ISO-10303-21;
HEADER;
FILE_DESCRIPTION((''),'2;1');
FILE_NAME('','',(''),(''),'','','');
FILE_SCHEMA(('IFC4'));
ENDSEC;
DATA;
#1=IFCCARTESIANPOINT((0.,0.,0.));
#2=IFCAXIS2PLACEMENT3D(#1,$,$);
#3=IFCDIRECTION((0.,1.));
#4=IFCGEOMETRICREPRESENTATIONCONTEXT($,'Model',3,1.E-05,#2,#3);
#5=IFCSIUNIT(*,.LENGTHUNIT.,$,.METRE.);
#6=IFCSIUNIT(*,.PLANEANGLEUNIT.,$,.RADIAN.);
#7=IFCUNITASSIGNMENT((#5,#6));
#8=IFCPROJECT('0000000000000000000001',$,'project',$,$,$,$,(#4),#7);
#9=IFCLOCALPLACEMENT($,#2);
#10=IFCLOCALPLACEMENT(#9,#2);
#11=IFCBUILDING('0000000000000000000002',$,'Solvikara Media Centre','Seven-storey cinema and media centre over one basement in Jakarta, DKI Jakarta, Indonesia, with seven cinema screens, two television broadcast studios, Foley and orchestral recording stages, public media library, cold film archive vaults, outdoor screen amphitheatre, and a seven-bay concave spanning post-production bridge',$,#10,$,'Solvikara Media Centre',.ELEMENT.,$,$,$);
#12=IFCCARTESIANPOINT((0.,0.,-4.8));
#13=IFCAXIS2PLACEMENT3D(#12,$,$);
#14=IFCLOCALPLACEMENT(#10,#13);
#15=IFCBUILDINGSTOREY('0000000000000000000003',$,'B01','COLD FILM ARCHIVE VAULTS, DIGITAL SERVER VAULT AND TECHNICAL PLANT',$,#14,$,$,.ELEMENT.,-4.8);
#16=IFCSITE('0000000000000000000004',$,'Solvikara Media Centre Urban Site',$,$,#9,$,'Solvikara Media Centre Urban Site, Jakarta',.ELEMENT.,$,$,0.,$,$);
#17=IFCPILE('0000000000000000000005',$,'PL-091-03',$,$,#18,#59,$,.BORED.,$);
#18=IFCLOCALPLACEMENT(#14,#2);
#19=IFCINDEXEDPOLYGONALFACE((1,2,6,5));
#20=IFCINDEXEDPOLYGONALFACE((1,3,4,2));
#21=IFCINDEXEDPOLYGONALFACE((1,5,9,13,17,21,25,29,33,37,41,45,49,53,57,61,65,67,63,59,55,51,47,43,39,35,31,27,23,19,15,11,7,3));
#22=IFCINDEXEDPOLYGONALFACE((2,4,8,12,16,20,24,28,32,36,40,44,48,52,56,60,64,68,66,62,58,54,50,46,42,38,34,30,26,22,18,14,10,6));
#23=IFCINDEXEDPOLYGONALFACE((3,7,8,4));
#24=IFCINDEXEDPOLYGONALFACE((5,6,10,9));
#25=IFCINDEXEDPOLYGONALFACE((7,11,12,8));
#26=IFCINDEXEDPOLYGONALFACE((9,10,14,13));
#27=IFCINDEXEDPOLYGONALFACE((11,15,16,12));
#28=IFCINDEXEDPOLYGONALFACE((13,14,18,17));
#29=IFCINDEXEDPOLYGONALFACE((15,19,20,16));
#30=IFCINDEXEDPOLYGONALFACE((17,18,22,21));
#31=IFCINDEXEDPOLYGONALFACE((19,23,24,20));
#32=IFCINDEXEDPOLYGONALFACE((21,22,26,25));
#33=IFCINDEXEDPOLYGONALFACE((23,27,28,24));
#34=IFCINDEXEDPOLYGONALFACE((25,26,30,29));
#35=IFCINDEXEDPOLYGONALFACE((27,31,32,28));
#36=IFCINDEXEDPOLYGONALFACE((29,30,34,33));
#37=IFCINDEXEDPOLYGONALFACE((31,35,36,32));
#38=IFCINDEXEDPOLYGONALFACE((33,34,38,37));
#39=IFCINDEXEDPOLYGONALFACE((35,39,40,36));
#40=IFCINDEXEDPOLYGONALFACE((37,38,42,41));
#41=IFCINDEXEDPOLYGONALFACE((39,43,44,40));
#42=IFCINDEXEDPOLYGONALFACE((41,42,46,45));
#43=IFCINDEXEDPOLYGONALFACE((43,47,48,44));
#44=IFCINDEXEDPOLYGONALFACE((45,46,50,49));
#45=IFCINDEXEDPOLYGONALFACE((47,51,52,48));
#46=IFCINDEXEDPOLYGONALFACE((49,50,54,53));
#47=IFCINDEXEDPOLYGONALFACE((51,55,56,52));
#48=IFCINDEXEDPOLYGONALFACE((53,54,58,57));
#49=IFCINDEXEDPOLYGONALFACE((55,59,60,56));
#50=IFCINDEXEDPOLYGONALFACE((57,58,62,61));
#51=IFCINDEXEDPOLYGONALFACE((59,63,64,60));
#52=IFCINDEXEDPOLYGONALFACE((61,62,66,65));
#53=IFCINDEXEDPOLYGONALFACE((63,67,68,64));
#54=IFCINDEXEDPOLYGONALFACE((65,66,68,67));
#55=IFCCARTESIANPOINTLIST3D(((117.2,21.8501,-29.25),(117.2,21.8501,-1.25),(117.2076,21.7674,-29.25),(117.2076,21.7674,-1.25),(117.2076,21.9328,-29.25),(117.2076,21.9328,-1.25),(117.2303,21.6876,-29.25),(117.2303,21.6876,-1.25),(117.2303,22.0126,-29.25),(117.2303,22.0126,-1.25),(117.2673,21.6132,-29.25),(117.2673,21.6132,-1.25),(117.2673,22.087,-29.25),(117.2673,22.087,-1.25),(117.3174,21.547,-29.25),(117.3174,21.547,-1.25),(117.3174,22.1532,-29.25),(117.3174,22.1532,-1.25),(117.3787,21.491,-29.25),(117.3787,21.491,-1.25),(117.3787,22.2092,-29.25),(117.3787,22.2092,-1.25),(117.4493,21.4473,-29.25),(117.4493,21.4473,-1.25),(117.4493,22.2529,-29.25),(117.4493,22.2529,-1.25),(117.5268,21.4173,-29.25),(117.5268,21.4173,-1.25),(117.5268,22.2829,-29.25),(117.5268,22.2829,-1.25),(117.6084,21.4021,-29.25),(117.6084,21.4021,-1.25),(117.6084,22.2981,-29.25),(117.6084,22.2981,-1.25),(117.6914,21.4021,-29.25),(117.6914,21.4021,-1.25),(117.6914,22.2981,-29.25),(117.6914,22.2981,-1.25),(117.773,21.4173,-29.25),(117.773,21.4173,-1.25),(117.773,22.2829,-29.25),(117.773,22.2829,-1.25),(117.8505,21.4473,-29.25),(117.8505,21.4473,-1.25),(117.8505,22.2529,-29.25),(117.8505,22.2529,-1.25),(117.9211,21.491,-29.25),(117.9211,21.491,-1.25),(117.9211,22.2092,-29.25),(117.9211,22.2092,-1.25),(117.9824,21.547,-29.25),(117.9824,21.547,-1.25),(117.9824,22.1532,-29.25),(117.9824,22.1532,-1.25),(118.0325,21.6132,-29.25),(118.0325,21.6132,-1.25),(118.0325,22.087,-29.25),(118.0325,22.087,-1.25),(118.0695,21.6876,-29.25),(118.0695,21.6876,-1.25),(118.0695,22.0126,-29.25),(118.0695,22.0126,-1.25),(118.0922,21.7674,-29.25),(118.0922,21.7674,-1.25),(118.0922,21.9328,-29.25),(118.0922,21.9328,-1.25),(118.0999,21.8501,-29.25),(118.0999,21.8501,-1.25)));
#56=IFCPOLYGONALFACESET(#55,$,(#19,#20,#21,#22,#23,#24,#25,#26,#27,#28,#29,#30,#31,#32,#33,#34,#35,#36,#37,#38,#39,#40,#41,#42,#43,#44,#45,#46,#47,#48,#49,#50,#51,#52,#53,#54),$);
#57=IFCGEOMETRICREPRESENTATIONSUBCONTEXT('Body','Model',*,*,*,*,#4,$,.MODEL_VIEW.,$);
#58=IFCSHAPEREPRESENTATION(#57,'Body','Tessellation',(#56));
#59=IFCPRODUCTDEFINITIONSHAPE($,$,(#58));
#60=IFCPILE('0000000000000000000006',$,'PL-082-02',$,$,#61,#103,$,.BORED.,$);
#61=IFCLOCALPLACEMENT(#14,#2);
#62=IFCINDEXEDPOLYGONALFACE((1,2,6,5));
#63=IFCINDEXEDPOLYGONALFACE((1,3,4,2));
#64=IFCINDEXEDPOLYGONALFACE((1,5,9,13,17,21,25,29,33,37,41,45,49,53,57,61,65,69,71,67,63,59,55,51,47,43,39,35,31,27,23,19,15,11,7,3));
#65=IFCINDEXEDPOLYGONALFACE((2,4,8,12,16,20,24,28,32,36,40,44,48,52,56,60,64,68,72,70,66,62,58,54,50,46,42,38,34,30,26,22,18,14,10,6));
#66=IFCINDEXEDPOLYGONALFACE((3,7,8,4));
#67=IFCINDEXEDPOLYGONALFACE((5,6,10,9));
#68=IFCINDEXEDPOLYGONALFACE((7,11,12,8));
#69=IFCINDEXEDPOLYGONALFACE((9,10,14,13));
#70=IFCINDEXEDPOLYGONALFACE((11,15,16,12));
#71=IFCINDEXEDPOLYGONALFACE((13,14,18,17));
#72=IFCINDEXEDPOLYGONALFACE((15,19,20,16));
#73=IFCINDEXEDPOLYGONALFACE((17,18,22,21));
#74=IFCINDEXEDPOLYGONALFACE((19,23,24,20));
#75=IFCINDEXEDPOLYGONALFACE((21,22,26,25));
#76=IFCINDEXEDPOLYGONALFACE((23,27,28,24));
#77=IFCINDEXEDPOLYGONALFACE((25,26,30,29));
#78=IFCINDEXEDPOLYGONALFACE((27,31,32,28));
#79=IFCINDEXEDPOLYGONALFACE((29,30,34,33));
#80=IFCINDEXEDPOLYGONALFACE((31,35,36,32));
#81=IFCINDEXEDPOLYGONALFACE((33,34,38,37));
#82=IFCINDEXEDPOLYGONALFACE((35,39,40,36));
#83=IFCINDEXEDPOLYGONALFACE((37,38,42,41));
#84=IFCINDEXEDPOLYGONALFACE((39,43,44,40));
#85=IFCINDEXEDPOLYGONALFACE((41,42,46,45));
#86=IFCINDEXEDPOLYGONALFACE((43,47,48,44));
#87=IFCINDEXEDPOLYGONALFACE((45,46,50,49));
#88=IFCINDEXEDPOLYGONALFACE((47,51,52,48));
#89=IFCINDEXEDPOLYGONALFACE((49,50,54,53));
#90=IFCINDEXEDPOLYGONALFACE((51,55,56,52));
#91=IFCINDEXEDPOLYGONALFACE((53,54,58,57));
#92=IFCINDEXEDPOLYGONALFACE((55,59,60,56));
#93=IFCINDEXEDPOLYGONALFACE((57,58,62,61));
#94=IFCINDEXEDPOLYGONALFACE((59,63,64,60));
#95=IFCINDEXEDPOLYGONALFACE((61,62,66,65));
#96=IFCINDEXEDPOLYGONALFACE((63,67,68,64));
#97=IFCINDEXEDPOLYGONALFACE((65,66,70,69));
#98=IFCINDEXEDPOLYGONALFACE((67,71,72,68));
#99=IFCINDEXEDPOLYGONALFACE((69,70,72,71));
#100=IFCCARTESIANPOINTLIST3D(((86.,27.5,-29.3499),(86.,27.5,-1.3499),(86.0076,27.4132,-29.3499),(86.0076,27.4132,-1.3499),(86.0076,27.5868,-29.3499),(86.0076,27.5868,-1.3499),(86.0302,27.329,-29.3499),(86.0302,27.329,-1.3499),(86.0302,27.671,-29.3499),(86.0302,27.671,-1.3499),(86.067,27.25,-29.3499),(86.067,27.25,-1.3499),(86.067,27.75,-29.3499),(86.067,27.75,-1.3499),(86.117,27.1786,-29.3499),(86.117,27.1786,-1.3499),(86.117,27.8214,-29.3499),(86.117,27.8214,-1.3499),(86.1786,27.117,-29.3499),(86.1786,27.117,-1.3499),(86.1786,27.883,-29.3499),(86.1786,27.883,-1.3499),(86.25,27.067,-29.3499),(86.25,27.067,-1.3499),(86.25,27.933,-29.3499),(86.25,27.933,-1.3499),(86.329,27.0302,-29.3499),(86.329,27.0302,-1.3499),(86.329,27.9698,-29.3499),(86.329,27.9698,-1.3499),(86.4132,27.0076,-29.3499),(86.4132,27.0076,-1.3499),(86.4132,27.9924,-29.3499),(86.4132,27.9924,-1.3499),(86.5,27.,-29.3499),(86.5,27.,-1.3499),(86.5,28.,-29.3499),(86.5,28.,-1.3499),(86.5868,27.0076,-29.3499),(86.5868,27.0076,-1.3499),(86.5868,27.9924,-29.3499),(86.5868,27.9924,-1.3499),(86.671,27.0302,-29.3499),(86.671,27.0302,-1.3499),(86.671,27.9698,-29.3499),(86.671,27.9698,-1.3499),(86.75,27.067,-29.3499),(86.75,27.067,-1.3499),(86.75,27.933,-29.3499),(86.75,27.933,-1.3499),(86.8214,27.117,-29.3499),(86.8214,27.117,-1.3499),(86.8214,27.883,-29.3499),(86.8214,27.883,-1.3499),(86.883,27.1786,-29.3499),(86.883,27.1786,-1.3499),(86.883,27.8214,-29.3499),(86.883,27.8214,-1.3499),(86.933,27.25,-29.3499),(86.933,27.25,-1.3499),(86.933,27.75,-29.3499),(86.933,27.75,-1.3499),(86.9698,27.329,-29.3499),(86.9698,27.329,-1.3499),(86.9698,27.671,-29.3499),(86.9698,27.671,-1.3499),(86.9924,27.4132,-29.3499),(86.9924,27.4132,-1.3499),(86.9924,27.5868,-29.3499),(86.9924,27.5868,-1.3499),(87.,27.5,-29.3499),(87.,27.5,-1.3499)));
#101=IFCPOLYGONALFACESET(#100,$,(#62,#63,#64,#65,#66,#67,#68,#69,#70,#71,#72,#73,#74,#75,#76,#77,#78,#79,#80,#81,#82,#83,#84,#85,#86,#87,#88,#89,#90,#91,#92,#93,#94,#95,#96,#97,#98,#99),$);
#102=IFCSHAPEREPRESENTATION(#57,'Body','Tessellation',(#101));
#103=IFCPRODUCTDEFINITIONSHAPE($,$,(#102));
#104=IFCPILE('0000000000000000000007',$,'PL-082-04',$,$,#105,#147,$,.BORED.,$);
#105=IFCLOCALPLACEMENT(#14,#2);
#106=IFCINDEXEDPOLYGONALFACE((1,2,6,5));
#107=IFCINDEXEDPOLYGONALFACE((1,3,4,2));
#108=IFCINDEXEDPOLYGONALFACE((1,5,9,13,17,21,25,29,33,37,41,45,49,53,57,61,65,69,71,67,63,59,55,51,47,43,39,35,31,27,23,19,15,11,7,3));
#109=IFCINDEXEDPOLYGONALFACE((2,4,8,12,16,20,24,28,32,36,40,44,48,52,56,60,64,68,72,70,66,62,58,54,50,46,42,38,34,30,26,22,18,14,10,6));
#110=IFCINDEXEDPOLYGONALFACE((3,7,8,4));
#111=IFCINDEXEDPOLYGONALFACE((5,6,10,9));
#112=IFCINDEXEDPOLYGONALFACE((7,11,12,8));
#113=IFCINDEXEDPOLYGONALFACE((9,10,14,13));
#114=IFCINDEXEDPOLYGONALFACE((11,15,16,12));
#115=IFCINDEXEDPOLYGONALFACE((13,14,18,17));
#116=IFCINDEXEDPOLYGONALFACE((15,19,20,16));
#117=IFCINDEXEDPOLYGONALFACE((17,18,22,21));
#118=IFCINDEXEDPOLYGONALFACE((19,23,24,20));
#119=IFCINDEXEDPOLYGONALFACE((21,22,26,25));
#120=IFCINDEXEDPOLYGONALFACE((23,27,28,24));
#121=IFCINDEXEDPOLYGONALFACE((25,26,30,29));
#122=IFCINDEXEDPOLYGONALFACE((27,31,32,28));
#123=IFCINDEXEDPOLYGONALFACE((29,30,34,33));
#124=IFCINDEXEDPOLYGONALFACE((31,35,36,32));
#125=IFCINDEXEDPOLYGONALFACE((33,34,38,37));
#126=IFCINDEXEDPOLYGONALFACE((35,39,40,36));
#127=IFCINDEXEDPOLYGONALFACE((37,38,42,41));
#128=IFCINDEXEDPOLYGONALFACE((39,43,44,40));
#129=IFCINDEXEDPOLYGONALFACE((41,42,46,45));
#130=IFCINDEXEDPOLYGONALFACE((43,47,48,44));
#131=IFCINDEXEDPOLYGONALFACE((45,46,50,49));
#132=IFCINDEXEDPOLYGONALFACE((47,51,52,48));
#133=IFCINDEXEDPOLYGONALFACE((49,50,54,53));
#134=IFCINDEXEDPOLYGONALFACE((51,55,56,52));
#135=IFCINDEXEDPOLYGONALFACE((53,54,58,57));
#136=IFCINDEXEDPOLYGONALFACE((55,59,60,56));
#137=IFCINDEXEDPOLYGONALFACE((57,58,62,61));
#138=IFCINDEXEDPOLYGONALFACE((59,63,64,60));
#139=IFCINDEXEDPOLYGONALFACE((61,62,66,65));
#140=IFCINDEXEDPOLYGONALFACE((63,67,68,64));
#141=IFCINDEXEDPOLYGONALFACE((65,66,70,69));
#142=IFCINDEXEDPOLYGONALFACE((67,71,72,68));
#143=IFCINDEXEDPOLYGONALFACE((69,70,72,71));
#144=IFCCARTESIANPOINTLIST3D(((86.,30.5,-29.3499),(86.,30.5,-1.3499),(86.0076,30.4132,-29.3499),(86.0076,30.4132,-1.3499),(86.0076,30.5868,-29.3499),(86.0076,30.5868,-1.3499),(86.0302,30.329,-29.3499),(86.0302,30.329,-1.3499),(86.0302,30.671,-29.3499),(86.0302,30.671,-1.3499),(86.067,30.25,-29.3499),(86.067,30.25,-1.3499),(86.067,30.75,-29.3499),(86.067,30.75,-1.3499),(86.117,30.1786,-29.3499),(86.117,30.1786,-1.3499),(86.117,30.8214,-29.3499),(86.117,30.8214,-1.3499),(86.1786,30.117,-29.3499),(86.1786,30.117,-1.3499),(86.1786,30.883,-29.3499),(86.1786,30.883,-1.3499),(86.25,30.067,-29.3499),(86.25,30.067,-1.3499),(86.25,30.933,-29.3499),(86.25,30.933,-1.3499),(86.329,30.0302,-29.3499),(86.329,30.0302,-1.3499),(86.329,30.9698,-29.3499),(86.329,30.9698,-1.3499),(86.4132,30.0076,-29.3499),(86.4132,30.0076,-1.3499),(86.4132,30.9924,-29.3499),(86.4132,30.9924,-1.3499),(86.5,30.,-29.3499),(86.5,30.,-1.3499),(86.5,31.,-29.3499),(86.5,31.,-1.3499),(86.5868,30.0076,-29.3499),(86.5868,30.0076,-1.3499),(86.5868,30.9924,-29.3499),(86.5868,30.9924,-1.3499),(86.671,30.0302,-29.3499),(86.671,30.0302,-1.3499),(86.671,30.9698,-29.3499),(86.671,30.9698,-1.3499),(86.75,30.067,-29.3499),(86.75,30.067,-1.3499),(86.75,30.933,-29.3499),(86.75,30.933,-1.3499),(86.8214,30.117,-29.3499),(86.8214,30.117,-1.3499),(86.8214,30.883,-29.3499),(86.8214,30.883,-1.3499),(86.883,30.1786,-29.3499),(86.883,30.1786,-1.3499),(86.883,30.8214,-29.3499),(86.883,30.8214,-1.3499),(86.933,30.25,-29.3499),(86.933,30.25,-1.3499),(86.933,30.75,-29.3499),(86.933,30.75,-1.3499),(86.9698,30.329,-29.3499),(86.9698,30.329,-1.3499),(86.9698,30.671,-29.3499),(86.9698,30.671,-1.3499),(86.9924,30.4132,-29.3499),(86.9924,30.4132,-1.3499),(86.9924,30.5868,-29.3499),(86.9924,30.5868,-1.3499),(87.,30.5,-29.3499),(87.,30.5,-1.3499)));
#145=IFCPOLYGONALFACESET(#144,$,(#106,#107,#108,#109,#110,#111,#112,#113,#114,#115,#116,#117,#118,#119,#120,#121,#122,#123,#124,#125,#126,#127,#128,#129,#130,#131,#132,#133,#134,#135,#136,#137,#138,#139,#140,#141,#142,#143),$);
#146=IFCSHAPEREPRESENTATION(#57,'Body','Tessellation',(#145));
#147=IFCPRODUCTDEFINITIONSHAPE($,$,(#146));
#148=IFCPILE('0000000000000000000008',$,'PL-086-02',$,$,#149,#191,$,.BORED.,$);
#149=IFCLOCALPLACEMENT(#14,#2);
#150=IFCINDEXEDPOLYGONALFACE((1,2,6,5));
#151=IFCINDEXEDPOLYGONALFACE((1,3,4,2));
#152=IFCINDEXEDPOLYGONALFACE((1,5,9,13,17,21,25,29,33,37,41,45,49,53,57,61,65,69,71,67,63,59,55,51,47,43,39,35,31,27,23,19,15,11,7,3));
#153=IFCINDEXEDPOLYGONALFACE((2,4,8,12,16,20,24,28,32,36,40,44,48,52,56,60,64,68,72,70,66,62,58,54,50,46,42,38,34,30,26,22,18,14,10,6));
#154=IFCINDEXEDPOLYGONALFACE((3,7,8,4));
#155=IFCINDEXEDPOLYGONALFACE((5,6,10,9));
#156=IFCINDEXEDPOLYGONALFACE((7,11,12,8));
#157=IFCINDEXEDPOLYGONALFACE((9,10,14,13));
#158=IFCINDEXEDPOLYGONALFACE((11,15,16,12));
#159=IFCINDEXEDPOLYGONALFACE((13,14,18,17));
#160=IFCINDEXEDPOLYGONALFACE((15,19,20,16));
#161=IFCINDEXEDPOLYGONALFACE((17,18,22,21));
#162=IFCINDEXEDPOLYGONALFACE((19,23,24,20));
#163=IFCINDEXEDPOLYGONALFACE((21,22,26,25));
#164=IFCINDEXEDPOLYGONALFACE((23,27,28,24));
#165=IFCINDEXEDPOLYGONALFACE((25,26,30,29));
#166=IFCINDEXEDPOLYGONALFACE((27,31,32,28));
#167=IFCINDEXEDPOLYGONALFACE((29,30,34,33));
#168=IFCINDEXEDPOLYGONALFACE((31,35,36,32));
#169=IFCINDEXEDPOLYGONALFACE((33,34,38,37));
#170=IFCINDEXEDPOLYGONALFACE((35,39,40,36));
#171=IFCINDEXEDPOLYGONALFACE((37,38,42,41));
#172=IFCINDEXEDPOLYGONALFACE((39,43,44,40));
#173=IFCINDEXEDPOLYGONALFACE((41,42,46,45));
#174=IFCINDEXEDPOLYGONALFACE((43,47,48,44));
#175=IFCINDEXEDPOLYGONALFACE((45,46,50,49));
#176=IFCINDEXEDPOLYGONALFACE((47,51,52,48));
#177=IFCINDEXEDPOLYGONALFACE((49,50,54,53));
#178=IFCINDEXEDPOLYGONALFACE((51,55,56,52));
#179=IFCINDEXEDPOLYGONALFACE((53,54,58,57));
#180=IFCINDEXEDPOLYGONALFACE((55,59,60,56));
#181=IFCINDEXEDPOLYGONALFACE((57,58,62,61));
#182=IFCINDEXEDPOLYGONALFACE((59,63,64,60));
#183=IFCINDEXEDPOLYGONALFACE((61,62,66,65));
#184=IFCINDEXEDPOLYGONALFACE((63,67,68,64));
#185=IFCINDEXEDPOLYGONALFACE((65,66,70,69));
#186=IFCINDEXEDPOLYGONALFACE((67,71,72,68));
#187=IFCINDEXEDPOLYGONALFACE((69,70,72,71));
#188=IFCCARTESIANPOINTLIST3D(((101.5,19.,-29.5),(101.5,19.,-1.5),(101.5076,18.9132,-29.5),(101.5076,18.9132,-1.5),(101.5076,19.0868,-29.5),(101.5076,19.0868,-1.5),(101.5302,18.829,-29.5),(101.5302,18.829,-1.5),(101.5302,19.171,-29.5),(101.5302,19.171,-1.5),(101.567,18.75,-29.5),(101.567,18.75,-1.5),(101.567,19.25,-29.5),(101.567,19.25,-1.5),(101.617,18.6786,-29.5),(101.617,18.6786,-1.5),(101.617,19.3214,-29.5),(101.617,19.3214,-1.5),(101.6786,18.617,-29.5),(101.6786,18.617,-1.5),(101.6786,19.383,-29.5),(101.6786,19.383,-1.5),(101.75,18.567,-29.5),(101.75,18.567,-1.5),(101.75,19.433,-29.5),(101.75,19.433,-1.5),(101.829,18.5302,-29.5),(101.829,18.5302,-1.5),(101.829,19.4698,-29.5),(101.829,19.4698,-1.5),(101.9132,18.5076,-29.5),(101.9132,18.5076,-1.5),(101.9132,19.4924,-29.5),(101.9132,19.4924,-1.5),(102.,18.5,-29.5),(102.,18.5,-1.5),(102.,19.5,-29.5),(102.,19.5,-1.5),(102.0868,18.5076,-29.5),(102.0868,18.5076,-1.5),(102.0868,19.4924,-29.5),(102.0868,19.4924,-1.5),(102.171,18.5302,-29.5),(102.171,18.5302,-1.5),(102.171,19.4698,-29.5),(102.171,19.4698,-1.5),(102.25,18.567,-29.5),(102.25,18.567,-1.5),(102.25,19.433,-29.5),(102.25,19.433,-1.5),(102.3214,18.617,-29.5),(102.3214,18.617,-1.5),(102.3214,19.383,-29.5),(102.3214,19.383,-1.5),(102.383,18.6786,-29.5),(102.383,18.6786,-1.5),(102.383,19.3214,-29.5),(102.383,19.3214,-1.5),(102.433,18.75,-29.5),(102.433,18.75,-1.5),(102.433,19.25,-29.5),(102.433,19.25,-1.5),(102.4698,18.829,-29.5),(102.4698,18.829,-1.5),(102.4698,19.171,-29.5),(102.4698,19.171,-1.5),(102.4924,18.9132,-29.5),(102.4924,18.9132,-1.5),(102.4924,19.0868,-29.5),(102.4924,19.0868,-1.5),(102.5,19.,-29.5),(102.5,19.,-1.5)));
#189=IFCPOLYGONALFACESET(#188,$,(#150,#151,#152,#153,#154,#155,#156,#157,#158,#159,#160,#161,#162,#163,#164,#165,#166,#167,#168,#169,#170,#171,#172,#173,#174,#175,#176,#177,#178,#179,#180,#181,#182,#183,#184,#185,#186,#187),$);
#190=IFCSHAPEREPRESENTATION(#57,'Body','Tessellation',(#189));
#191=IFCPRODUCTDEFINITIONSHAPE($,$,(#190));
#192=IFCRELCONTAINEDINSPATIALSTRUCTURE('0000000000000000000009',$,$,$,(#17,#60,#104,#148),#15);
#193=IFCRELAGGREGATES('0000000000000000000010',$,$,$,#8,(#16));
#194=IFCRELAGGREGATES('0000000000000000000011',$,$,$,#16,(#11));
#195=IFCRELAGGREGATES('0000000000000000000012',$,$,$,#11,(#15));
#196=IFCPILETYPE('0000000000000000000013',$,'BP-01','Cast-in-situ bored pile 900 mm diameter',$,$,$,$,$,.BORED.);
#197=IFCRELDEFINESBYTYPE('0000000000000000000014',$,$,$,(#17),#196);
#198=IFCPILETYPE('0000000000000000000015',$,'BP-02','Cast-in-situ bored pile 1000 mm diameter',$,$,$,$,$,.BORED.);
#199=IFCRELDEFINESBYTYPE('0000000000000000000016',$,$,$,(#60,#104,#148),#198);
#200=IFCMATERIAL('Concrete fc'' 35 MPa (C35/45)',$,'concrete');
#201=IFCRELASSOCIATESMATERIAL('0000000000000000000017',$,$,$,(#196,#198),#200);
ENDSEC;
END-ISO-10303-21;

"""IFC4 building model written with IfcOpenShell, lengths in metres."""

from ifc_helpers import new_model, si_unit, direction, frame, origin, origin_2d, place, context, subcontext, project, spatial, circle, extrude, material, material_profile, profile_set, type_object, element, save


model = new_model("IFC4")

# Units and contexts
model_context = context("Model", 3, precision=1e-05, world=origin(), true_north=direction((0.0, 1.0)))
body_context = subcontext(model_context, "Body", "Model", "MODEL_VIEW")
ifc_project = project(units=[si_unit("LENGTHUNIT", "METRE"), si_unit("PLANEANGLEUNIT", "RADIAN")], contexts=[model_context])

# Site, building, storey
site_placement = place(None, origin())
site = spatial("IfcSite", under=ifc_project, at=site_placement, Name="Solvikara Media Centre Urban Site", LongName="Solvikara Media Centre Urban Site, Jakarta", CompositionType="ELEMENT", RefElevation=0.0)
building_placement = place(site_placement, origin())
building = spatial("IfcBuilding", under=site, at=building_placement, Name="Solvikara Media Centre", Description="Seven-storey cinema and media centre over one basement in Jakarta, DKI Jakarta, Indonesia, with seven cinema screens, two television broadcast studios, Foley and orchestral recording stages, public media library, cold film archive vaults, outdoor screen amphitheatre, and a seven-bay concave spanning post-production bridge", LongName="Solvikara Media Centre", CompositionType="ELEMENT")
storey_placement = place(building_placement, frame((0.0, 0.0, -4.8)))
storey = spatial("IfcBuildingStorey", under=building, at=storey_placement, Name="B01", Description="COLD FILM ARCHIVE VAULTS, DIGITAL SERVER VAULT AND TECHNICAL PLANT", CompositionType="ELEMENT", Elevation=-4.8)

# Piles
ifc_material_1 = material(Name="Concrete fc' 35 MPa (C35/45)", Category="concrete")
ifc_material_profile_1 = material_profile(ifc_material_1, circle(Radius=0.45, at=origin_2d()), Name="BORED PILE D900")
ifc_profile_set_1 = profile_set([ifc_material_profile_1], Name="Concrete fc' 35 MPa (C35/45)")
pile_type_1 = type_object("IfcPileType", Name="BP-01", Description="Cast-in-situ bored pile 900 mm diameter", PredefinedType="BORED", material=ifc_profile_set_1)
for number, where, z_axis, x_axis, name in (
    (1, (117.6499, 21.8501, -1.25), (0.0, 0.0, -1.0), (1.0, 0.0, 0.0), "PL-091-03"),
):
    element("IfcPile", number, at=place(storey_placement, frame(where, z_axis=z_axis, x_axis=x_axis)), inside=storey, type_object=pile_type_1, Name=name, PredefinedType="BORED", context=body_context, shape_type="SweptSolid", body=[
        extrude(circle(Radius=0.45, at=origin_2d()), origin(), (0.0, 0.0, 1.0), 28.0),
    ])
ifc_material_profile_2 = material_profile(ifc_material_1, circle(Radius=0.5, at=origin_2d()), Name="BORED PILE D1000")
ifc_profile_set_2 = profile_set([ifc_material_profile_2], Name="Concrete fc' 35 MPa (C35/45)")
pile_type_2 = type_object("IfcPileType", Name="BP-02", Description="Cast-in-situ bored pile 1000 mm diameter", PredefinedType="BORED", material=ifc_profile_set_2)
for number, where, z_axis, x_axis, name in (
    (2, (86.5, 27.5, -1.3499), (0.0, 0.0, -1.0), (1.0, 0.0, 0.0), "PL-082-02"),
    (3, (86.5, 30.5, -1.3499), (0.0, 0.0, -1.0), (1.0, 0.0, 0.0), "PL-082-04"),
    (4, (102.0, 19.0, -1.5), (0.0, 0.0, -1.0), (1.0, 0.0, 0.0), "PL-086-02"),
):
    element("IfcPile", number, at=place(storey_placement, frame(where, z_axis=z_axis, x_axis=x_axis)), inside=storey, type_object=pile_type_2, Name=name, PredefinedType="BORED", context=body_context, shape_type="SweptSolid", body=[
        extrude(circle(Radius=0.5, at=origin_2d()), origin(), (0.0, 0.0, 1.0), 28.0),
    ])

save(model, "model.ifc")
